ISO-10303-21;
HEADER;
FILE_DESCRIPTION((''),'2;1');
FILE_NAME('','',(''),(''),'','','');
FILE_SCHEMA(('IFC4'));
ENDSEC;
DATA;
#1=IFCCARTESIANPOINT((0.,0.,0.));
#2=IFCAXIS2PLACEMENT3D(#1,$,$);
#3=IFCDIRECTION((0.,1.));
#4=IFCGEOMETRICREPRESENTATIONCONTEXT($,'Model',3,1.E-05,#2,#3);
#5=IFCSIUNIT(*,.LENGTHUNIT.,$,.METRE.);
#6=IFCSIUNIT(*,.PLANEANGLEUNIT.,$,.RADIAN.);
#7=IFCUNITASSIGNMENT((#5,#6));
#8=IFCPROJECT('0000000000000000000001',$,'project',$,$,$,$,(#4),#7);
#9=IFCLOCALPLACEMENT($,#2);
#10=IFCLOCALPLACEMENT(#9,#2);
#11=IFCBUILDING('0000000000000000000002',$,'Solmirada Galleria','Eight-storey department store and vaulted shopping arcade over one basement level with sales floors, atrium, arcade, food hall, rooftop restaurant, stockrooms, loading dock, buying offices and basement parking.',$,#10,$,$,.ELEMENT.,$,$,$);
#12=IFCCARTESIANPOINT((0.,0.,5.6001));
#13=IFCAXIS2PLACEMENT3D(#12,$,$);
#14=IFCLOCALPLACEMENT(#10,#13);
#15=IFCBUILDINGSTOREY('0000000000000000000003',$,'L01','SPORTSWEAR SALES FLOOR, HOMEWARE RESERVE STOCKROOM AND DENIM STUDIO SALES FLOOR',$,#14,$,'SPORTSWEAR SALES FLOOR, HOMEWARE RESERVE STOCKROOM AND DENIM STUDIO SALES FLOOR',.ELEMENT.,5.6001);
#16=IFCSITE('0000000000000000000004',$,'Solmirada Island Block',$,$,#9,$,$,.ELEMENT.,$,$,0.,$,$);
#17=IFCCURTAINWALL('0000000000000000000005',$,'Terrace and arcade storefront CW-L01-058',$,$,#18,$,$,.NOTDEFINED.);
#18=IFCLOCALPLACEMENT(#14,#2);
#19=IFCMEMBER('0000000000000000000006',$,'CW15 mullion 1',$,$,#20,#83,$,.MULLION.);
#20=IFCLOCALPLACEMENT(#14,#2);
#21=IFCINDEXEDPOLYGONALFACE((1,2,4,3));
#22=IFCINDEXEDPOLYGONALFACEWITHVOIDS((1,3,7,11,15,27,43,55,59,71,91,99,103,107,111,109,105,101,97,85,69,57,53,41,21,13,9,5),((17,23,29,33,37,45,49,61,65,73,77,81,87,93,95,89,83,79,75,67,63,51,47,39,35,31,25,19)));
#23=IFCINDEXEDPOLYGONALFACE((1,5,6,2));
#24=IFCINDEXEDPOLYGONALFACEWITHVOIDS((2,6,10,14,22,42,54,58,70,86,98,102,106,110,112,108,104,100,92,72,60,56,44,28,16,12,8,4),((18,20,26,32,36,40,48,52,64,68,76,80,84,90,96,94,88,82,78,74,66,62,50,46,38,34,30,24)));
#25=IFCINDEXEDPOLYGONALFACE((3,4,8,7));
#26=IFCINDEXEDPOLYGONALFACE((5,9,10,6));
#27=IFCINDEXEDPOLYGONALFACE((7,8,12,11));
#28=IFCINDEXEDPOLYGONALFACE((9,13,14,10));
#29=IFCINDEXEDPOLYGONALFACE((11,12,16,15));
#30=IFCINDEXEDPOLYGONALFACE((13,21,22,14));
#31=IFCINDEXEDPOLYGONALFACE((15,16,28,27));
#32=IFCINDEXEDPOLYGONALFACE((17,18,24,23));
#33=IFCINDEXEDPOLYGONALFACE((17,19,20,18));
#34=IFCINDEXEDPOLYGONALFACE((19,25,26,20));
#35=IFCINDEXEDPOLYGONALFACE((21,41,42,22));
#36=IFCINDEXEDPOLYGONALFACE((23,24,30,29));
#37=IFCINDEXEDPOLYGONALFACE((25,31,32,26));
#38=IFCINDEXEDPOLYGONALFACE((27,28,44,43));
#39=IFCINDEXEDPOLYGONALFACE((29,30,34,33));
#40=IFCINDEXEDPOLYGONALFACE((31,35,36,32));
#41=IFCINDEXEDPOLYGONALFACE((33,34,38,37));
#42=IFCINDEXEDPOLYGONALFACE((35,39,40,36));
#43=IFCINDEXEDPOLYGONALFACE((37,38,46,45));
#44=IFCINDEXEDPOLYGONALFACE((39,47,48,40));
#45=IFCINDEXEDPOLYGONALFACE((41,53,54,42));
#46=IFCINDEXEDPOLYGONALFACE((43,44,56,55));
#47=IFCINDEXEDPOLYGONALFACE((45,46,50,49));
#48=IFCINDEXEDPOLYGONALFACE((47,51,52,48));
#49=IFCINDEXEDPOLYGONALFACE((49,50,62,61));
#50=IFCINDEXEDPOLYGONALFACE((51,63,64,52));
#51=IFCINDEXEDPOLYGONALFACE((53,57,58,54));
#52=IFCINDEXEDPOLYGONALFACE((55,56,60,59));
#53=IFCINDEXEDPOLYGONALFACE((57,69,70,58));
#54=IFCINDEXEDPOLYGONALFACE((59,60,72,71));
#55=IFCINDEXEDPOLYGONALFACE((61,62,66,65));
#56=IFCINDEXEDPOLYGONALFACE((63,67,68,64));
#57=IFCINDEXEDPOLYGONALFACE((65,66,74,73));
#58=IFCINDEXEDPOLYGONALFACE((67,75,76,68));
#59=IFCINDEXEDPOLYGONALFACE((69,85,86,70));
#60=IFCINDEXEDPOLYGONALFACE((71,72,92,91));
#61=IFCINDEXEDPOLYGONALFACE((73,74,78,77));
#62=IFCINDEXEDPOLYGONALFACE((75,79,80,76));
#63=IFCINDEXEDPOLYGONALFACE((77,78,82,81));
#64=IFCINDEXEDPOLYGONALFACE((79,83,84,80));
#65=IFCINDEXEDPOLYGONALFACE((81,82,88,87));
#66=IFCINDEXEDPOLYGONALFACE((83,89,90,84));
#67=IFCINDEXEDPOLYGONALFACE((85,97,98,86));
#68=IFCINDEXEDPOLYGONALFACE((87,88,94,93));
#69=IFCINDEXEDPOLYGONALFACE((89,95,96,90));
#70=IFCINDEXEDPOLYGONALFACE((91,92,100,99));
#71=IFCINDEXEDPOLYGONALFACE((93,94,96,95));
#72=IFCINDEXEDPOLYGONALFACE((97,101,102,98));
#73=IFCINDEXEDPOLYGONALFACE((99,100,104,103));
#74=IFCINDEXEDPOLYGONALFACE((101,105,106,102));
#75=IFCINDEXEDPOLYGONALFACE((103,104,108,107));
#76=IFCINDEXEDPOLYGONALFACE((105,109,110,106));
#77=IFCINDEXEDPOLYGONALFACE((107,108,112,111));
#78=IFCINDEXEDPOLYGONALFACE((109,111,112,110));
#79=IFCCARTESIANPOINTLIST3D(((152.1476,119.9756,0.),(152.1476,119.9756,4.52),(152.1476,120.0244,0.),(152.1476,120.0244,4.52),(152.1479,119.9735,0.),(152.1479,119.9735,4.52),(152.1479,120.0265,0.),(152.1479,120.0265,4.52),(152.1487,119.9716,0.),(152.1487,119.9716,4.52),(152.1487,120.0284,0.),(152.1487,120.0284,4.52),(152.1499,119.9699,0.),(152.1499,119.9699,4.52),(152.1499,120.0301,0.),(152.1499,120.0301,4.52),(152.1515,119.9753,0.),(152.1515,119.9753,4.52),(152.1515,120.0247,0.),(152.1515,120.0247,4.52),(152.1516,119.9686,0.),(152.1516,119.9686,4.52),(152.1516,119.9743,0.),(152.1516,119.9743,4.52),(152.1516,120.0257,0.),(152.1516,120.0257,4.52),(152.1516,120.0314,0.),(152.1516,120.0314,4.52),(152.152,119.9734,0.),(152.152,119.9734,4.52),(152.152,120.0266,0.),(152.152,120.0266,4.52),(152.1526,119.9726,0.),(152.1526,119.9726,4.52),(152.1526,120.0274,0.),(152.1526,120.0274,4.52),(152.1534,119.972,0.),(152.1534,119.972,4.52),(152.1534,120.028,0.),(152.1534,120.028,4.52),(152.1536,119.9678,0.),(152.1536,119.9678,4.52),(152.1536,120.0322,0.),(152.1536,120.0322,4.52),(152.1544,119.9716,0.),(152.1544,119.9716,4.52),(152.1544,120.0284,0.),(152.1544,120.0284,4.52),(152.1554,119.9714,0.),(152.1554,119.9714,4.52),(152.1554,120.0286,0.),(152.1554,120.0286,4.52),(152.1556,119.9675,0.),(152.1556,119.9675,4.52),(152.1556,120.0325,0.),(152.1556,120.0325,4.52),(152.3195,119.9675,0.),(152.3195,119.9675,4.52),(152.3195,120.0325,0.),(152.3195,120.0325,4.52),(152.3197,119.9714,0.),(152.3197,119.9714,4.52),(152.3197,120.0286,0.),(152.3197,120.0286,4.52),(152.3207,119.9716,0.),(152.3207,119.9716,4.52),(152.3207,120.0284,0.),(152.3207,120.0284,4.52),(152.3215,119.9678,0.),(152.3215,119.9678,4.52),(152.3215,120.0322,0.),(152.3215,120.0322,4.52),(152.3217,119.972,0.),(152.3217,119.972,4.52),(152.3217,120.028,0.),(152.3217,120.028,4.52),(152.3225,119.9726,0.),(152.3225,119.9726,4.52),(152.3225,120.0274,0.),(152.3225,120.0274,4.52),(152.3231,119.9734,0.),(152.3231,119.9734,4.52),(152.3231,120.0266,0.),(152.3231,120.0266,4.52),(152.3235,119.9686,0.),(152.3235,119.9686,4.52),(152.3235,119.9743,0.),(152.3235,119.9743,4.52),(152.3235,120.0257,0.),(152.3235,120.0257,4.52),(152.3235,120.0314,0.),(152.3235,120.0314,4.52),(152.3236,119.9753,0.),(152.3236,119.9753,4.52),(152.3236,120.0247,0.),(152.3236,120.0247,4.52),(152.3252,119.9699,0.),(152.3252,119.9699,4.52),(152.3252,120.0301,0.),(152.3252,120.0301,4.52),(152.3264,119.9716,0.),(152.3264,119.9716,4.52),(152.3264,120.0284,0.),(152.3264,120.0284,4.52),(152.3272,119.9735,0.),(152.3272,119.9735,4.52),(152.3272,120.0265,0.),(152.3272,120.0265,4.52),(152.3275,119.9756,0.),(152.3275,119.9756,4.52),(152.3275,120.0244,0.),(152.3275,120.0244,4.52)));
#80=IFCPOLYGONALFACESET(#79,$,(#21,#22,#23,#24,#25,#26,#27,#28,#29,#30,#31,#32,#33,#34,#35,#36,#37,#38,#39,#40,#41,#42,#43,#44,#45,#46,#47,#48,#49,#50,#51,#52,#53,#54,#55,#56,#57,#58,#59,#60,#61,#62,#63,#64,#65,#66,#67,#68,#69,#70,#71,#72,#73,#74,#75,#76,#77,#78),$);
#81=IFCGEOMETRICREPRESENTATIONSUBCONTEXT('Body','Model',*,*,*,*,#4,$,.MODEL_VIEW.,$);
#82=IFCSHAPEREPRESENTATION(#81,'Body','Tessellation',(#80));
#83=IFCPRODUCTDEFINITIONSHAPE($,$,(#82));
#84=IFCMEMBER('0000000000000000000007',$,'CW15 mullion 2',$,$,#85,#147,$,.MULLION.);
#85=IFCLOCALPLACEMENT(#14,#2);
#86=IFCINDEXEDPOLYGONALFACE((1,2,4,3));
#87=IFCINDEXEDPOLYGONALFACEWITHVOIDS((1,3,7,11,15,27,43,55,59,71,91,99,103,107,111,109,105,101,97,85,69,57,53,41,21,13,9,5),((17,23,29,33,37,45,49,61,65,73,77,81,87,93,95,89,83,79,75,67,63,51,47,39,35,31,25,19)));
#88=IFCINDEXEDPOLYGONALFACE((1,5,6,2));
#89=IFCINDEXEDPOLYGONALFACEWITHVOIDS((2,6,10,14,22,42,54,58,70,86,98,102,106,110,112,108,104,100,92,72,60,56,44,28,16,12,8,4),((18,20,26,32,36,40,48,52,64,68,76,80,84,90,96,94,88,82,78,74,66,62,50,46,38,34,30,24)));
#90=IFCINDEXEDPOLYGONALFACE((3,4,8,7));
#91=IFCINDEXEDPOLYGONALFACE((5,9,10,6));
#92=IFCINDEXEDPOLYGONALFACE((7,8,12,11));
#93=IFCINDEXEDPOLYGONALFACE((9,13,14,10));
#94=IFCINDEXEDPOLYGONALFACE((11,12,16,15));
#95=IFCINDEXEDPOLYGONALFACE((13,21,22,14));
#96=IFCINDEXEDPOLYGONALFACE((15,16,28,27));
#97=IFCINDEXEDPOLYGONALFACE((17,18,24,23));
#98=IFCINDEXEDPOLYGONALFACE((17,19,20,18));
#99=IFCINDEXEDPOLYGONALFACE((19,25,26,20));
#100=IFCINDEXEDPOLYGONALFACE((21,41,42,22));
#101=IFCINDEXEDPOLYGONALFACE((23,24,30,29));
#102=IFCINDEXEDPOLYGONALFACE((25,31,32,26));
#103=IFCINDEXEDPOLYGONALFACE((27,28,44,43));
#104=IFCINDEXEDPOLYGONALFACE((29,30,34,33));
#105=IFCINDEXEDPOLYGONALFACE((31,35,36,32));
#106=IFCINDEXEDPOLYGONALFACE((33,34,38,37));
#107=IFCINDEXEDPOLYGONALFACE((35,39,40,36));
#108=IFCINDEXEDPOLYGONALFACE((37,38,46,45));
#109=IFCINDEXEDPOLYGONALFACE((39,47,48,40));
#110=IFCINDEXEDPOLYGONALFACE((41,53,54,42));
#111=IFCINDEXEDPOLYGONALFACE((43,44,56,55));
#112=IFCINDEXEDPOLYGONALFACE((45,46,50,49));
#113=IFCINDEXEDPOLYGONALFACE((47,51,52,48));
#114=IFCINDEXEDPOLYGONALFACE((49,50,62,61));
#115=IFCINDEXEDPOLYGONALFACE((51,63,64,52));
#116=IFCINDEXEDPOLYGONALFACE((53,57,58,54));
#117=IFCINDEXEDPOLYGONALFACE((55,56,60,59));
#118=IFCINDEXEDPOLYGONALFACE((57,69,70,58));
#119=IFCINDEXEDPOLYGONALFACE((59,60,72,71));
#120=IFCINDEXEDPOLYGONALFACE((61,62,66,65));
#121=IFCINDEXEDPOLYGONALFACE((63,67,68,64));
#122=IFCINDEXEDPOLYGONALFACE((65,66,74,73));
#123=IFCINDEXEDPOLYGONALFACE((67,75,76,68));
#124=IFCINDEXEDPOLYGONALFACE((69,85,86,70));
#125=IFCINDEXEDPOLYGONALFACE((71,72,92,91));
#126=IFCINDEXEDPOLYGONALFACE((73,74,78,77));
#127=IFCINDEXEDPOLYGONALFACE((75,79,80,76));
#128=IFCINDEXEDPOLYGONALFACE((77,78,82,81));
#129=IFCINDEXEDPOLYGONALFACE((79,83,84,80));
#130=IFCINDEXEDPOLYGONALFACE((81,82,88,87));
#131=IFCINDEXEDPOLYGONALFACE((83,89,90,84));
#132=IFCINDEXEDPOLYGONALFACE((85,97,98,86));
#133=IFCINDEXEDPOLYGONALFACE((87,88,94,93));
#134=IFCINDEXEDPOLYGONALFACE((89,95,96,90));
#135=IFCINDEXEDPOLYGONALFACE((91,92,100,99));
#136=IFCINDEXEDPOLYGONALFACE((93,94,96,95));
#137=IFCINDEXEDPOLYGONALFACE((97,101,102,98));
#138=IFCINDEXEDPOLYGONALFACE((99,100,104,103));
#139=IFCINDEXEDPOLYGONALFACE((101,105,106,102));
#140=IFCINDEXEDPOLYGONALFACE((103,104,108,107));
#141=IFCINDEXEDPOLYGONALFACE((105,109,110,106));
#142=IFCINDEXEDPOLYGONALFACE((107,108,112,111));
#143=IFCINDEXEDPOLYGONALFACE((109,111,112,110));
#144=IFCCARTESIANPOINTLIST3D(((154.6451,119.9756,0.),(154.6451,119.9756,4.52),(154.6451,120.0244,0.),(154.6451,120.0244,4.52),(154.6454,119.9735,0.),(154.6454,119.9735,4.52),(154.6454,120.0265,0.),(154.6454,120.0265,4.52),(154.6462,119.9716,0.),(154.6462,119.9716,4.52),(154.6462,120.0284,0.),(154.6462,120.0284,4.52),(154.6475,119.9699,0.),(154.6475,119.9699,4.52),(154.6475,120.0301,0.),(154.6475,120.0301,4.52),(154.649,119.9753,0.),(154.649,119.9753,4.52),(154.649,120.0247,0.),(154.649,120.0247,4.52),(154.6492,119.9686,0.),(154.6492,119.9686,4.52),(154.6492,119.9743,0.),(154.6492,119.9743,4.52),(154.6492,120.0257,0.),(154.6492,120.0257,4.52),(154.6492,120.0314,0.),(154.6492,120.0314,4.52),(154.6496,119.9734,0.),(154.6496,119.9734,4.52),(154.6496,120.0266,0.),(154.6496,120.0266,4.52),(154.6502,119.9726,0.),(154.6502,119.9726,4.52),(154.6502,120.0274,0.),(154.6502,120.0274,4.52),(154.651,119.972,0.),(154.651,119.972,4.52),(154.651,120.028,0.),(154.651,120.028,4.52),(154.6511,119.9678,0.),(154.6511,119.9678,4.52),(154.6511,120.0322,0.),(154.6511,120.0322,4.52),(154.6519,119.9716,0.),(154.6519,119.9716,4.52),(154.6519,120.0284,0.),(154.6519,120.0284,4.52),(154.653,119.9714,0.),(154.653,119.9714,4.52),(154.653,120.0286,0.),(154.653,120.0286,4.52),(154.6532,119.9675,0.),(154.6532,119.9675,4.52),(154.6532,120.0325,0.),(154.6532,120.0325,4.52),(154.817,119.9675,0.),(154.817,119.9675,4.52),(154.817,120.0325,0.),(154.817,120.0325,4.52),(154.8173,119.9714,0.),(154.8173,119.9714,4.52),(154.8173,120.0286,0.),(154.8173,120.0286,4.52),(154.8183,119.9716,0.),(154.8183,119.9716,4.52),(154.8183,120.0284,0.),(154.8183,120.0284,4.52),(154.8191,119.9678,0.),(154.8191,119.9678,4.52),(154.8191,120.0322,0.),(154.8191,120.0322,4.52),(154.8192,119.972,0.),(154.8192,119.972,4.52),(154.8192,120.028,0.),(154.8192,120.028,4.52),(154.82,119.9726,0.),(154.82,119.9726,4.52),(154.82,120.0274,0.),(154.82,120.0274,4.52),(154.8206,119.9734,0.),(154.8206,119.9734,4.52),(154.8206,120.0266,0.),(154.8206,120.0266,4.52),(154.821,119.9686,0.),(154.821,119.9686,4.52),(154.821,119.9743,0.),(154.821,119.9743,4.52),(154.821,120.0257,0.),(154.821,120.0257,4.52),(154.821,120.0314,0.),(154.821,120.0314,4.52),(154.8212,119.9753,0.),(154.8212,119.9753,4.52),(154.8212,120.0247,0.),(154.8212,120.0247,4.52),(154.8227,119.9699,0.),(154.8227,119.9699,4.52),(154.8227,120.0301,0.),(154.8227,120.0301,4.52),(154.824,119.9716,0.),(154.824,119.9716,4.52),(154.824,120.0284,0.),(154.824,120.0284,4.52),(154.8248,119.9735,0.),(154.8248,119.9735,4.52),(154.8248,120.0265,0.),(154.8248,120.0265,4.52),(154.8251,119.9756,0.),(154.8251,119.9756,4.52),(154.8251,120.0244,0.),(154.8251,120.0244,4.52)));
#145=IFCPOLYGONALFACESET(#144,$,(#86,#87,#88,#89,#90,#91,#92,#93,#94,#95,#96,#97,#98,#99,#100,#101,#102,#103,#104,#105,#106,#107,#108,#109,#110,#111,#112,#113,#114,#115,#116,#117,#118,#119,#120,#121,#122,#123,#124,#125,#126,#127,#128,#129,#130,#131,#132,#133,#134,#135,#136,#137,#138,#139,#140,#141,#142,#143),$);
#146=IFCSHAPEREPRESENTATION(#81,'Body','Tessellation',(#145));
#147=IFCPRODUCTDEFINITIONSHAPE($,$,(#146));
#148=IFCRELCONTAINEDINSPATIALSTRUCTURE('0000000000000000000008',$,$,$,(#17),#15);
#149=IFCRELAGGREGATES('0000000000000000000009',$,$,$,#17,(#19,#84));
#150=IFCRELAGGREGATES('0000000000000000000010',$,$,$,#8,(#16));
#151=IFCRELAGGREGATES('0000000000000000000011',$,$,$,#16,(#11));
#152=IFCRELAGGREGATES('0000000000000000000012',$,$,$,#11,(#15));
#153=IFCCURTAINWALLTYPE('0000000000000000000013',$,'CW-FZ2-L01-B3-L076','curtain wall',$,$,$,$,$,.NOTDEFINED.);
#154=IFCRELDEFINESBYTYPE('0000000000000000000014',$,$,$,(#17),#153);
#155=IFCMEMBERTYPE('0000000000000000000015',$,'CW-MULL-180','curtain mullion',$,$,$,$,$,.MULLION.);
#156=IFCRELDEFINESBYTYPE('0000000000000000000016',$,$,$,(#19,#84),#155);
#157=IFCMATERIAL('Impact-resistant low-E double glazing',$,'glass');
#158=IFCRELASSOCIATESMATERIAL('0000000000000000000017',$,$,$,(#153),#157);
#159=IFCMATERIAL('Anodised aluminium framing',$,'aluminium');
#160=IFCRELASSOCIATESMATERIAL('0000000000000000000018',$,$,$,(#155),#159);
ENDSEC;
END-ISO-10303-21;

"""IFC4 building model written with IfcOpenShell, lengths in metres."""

from ifc_helpers import new_model, si_unit, direction, frame, origin, origin_2d, place, context, subcontext, project, spatial, hollow_rectangle, extrude, material, material_profile, profile_set, type_object, element, aggregate, save


model = new_model("IFC4")

# Units and contexts
model_context = context("Model", 3, precision=1e-05, world=origin(), true_north=direction((0.0, 1.0)))
body_context = subcontext(model_context, "Body", "Model", "MODEL_VIEW")
ifc_project = project(units=[si_unit("LENGTHUNIT", "METRE"), si_unit("PLANEANGLEUNIT", "RADIAN")], contexts=[model_context])

# Site, building, storey
site_placement = place(None, origin())
site = spatial("IfcSite", under=ifc_project, at=site_placement, Name="Solmirada Island Block", CompositionType="ELEMENT", RefElevation=0.0)
building_placement = place(site_placement, origin())
building = spatial("IfcBuilding", under=site, at=building_placement, Name="Solmirada Galleria", Description="Eight-storey department store and vaulted shopping arcade over one basement level with sales floors, atrium, arcade, food hall, rooftop restaurant, stockrooms, loading dock, buying offices and basement parking.", CompositionType="ELEMENT")
storey_placement = place(building_placement, frame((0.0, 0.0, 5.6001)))
storey = spatial("IfcBuildingStorey", under=building, at=storey_placement, Name="L01", Description="SPORTSWEAR SALES FLOOR, HOMEWARE RESERVE STOCKROOM AND DENIM STUDIO SALES FLOOR", LongName="SPORTSWEAR SALES FLOOR, HOMEWARE RESERVE STOCKROOM AND DENIM STUDIO SALES FLOOR", CompositionType="ELEMENT", Elevation=5.6001)

# Curtain wall, members
ifc_material_1 = material(Name="Impact-resistant low-E double glazing", Category="glass")
curtain_wall_type = type_object("IfcCurtainWallType", Name="CW-FZ2-L01-B3-L076", Description="curtain wall", PredefinedType="NOTDEFINED", material=ifc_material_1)
curtain_wall_placement = place(storey_placement, origin())
curtain_wall = element("IfcCurtainWall", 1, at=curtain_wall_placement, inside=storey, type_object=curtain_wall_type, Name="Terrace and arcade storefront CW-L01-058", PredefinedType="NOTDEFINED")
ifc_material_2 = material(Name="Anodised aluminium framing", Category="aluminium")
ifc_material_profile_1 = material_profile(ifc_material_2, hollow_rectangle(XDim=0.0649, YDim=0.1799, WallThickness=0.0039, InnerFilletRadius=0.0039, OuterFilletRadius=0.0081, at=origin_2d()), Name="ALU-MULL-180X65")
ifc_profile_set_1 = profile_set([ifc_material_profile_1], Name="Anodised aluminium framing")
member_type_1 = type_object("IfcMemberType", Name="CW-MULL-180", Description="curtain mullion", PredefinedType="MULLION", material=ifc_profile_set_1)
member_1_placement = place(storey_placement, frame((152.2375, 120.0, 0.0), z_axis=(0.0, 0.0, 1.0), x_axis=(0.0, 1.0, 0.0)))
member_1 = element("IfcMember", 2, at=member_1_placement, type_object=member_type_1, Name="CW15 mullion 1", PredefinedType="MULLION", context=body_context, shape_type="SweptSolid", body=[
    extrude(hollow_rectangle(XDim=0.0649, YDim=0.1799, WallThickness=0.0039, InnerFilletRadius=0.0039, OuterFilletRadius=0.0081, at=origin_2d()), origin(), (0.0, 0.0, 1.0), 4.52),
])
member_2_placement = place(storey_placement, frame((154.7351, 120.0, 0.0), z_axis=(0.0, 0.0, 1.0), x_axis=(0.0, 1.0, 0.0)))
member_2 = element("IfcMember", 3, at=member_2_placement, type_object=member_type_1, Name="CW15 mullion 2", PredefinedType="MULLION", context=body_context, shape_type="SweptSolid", body=[
    extrude(hollow_rectangle(XDim=0.0649, YDim=0.1799, WallThickness=0.0039, InnerFilletRadius=0.0039, OuterFilletRadius=0.0081, at=origin_2d()), origin(), (0.0, 0.0, 1.0), 4.52),
])
aggregate(curtain_wall, [member_1, member_2])

save(model, "model.ifc")
